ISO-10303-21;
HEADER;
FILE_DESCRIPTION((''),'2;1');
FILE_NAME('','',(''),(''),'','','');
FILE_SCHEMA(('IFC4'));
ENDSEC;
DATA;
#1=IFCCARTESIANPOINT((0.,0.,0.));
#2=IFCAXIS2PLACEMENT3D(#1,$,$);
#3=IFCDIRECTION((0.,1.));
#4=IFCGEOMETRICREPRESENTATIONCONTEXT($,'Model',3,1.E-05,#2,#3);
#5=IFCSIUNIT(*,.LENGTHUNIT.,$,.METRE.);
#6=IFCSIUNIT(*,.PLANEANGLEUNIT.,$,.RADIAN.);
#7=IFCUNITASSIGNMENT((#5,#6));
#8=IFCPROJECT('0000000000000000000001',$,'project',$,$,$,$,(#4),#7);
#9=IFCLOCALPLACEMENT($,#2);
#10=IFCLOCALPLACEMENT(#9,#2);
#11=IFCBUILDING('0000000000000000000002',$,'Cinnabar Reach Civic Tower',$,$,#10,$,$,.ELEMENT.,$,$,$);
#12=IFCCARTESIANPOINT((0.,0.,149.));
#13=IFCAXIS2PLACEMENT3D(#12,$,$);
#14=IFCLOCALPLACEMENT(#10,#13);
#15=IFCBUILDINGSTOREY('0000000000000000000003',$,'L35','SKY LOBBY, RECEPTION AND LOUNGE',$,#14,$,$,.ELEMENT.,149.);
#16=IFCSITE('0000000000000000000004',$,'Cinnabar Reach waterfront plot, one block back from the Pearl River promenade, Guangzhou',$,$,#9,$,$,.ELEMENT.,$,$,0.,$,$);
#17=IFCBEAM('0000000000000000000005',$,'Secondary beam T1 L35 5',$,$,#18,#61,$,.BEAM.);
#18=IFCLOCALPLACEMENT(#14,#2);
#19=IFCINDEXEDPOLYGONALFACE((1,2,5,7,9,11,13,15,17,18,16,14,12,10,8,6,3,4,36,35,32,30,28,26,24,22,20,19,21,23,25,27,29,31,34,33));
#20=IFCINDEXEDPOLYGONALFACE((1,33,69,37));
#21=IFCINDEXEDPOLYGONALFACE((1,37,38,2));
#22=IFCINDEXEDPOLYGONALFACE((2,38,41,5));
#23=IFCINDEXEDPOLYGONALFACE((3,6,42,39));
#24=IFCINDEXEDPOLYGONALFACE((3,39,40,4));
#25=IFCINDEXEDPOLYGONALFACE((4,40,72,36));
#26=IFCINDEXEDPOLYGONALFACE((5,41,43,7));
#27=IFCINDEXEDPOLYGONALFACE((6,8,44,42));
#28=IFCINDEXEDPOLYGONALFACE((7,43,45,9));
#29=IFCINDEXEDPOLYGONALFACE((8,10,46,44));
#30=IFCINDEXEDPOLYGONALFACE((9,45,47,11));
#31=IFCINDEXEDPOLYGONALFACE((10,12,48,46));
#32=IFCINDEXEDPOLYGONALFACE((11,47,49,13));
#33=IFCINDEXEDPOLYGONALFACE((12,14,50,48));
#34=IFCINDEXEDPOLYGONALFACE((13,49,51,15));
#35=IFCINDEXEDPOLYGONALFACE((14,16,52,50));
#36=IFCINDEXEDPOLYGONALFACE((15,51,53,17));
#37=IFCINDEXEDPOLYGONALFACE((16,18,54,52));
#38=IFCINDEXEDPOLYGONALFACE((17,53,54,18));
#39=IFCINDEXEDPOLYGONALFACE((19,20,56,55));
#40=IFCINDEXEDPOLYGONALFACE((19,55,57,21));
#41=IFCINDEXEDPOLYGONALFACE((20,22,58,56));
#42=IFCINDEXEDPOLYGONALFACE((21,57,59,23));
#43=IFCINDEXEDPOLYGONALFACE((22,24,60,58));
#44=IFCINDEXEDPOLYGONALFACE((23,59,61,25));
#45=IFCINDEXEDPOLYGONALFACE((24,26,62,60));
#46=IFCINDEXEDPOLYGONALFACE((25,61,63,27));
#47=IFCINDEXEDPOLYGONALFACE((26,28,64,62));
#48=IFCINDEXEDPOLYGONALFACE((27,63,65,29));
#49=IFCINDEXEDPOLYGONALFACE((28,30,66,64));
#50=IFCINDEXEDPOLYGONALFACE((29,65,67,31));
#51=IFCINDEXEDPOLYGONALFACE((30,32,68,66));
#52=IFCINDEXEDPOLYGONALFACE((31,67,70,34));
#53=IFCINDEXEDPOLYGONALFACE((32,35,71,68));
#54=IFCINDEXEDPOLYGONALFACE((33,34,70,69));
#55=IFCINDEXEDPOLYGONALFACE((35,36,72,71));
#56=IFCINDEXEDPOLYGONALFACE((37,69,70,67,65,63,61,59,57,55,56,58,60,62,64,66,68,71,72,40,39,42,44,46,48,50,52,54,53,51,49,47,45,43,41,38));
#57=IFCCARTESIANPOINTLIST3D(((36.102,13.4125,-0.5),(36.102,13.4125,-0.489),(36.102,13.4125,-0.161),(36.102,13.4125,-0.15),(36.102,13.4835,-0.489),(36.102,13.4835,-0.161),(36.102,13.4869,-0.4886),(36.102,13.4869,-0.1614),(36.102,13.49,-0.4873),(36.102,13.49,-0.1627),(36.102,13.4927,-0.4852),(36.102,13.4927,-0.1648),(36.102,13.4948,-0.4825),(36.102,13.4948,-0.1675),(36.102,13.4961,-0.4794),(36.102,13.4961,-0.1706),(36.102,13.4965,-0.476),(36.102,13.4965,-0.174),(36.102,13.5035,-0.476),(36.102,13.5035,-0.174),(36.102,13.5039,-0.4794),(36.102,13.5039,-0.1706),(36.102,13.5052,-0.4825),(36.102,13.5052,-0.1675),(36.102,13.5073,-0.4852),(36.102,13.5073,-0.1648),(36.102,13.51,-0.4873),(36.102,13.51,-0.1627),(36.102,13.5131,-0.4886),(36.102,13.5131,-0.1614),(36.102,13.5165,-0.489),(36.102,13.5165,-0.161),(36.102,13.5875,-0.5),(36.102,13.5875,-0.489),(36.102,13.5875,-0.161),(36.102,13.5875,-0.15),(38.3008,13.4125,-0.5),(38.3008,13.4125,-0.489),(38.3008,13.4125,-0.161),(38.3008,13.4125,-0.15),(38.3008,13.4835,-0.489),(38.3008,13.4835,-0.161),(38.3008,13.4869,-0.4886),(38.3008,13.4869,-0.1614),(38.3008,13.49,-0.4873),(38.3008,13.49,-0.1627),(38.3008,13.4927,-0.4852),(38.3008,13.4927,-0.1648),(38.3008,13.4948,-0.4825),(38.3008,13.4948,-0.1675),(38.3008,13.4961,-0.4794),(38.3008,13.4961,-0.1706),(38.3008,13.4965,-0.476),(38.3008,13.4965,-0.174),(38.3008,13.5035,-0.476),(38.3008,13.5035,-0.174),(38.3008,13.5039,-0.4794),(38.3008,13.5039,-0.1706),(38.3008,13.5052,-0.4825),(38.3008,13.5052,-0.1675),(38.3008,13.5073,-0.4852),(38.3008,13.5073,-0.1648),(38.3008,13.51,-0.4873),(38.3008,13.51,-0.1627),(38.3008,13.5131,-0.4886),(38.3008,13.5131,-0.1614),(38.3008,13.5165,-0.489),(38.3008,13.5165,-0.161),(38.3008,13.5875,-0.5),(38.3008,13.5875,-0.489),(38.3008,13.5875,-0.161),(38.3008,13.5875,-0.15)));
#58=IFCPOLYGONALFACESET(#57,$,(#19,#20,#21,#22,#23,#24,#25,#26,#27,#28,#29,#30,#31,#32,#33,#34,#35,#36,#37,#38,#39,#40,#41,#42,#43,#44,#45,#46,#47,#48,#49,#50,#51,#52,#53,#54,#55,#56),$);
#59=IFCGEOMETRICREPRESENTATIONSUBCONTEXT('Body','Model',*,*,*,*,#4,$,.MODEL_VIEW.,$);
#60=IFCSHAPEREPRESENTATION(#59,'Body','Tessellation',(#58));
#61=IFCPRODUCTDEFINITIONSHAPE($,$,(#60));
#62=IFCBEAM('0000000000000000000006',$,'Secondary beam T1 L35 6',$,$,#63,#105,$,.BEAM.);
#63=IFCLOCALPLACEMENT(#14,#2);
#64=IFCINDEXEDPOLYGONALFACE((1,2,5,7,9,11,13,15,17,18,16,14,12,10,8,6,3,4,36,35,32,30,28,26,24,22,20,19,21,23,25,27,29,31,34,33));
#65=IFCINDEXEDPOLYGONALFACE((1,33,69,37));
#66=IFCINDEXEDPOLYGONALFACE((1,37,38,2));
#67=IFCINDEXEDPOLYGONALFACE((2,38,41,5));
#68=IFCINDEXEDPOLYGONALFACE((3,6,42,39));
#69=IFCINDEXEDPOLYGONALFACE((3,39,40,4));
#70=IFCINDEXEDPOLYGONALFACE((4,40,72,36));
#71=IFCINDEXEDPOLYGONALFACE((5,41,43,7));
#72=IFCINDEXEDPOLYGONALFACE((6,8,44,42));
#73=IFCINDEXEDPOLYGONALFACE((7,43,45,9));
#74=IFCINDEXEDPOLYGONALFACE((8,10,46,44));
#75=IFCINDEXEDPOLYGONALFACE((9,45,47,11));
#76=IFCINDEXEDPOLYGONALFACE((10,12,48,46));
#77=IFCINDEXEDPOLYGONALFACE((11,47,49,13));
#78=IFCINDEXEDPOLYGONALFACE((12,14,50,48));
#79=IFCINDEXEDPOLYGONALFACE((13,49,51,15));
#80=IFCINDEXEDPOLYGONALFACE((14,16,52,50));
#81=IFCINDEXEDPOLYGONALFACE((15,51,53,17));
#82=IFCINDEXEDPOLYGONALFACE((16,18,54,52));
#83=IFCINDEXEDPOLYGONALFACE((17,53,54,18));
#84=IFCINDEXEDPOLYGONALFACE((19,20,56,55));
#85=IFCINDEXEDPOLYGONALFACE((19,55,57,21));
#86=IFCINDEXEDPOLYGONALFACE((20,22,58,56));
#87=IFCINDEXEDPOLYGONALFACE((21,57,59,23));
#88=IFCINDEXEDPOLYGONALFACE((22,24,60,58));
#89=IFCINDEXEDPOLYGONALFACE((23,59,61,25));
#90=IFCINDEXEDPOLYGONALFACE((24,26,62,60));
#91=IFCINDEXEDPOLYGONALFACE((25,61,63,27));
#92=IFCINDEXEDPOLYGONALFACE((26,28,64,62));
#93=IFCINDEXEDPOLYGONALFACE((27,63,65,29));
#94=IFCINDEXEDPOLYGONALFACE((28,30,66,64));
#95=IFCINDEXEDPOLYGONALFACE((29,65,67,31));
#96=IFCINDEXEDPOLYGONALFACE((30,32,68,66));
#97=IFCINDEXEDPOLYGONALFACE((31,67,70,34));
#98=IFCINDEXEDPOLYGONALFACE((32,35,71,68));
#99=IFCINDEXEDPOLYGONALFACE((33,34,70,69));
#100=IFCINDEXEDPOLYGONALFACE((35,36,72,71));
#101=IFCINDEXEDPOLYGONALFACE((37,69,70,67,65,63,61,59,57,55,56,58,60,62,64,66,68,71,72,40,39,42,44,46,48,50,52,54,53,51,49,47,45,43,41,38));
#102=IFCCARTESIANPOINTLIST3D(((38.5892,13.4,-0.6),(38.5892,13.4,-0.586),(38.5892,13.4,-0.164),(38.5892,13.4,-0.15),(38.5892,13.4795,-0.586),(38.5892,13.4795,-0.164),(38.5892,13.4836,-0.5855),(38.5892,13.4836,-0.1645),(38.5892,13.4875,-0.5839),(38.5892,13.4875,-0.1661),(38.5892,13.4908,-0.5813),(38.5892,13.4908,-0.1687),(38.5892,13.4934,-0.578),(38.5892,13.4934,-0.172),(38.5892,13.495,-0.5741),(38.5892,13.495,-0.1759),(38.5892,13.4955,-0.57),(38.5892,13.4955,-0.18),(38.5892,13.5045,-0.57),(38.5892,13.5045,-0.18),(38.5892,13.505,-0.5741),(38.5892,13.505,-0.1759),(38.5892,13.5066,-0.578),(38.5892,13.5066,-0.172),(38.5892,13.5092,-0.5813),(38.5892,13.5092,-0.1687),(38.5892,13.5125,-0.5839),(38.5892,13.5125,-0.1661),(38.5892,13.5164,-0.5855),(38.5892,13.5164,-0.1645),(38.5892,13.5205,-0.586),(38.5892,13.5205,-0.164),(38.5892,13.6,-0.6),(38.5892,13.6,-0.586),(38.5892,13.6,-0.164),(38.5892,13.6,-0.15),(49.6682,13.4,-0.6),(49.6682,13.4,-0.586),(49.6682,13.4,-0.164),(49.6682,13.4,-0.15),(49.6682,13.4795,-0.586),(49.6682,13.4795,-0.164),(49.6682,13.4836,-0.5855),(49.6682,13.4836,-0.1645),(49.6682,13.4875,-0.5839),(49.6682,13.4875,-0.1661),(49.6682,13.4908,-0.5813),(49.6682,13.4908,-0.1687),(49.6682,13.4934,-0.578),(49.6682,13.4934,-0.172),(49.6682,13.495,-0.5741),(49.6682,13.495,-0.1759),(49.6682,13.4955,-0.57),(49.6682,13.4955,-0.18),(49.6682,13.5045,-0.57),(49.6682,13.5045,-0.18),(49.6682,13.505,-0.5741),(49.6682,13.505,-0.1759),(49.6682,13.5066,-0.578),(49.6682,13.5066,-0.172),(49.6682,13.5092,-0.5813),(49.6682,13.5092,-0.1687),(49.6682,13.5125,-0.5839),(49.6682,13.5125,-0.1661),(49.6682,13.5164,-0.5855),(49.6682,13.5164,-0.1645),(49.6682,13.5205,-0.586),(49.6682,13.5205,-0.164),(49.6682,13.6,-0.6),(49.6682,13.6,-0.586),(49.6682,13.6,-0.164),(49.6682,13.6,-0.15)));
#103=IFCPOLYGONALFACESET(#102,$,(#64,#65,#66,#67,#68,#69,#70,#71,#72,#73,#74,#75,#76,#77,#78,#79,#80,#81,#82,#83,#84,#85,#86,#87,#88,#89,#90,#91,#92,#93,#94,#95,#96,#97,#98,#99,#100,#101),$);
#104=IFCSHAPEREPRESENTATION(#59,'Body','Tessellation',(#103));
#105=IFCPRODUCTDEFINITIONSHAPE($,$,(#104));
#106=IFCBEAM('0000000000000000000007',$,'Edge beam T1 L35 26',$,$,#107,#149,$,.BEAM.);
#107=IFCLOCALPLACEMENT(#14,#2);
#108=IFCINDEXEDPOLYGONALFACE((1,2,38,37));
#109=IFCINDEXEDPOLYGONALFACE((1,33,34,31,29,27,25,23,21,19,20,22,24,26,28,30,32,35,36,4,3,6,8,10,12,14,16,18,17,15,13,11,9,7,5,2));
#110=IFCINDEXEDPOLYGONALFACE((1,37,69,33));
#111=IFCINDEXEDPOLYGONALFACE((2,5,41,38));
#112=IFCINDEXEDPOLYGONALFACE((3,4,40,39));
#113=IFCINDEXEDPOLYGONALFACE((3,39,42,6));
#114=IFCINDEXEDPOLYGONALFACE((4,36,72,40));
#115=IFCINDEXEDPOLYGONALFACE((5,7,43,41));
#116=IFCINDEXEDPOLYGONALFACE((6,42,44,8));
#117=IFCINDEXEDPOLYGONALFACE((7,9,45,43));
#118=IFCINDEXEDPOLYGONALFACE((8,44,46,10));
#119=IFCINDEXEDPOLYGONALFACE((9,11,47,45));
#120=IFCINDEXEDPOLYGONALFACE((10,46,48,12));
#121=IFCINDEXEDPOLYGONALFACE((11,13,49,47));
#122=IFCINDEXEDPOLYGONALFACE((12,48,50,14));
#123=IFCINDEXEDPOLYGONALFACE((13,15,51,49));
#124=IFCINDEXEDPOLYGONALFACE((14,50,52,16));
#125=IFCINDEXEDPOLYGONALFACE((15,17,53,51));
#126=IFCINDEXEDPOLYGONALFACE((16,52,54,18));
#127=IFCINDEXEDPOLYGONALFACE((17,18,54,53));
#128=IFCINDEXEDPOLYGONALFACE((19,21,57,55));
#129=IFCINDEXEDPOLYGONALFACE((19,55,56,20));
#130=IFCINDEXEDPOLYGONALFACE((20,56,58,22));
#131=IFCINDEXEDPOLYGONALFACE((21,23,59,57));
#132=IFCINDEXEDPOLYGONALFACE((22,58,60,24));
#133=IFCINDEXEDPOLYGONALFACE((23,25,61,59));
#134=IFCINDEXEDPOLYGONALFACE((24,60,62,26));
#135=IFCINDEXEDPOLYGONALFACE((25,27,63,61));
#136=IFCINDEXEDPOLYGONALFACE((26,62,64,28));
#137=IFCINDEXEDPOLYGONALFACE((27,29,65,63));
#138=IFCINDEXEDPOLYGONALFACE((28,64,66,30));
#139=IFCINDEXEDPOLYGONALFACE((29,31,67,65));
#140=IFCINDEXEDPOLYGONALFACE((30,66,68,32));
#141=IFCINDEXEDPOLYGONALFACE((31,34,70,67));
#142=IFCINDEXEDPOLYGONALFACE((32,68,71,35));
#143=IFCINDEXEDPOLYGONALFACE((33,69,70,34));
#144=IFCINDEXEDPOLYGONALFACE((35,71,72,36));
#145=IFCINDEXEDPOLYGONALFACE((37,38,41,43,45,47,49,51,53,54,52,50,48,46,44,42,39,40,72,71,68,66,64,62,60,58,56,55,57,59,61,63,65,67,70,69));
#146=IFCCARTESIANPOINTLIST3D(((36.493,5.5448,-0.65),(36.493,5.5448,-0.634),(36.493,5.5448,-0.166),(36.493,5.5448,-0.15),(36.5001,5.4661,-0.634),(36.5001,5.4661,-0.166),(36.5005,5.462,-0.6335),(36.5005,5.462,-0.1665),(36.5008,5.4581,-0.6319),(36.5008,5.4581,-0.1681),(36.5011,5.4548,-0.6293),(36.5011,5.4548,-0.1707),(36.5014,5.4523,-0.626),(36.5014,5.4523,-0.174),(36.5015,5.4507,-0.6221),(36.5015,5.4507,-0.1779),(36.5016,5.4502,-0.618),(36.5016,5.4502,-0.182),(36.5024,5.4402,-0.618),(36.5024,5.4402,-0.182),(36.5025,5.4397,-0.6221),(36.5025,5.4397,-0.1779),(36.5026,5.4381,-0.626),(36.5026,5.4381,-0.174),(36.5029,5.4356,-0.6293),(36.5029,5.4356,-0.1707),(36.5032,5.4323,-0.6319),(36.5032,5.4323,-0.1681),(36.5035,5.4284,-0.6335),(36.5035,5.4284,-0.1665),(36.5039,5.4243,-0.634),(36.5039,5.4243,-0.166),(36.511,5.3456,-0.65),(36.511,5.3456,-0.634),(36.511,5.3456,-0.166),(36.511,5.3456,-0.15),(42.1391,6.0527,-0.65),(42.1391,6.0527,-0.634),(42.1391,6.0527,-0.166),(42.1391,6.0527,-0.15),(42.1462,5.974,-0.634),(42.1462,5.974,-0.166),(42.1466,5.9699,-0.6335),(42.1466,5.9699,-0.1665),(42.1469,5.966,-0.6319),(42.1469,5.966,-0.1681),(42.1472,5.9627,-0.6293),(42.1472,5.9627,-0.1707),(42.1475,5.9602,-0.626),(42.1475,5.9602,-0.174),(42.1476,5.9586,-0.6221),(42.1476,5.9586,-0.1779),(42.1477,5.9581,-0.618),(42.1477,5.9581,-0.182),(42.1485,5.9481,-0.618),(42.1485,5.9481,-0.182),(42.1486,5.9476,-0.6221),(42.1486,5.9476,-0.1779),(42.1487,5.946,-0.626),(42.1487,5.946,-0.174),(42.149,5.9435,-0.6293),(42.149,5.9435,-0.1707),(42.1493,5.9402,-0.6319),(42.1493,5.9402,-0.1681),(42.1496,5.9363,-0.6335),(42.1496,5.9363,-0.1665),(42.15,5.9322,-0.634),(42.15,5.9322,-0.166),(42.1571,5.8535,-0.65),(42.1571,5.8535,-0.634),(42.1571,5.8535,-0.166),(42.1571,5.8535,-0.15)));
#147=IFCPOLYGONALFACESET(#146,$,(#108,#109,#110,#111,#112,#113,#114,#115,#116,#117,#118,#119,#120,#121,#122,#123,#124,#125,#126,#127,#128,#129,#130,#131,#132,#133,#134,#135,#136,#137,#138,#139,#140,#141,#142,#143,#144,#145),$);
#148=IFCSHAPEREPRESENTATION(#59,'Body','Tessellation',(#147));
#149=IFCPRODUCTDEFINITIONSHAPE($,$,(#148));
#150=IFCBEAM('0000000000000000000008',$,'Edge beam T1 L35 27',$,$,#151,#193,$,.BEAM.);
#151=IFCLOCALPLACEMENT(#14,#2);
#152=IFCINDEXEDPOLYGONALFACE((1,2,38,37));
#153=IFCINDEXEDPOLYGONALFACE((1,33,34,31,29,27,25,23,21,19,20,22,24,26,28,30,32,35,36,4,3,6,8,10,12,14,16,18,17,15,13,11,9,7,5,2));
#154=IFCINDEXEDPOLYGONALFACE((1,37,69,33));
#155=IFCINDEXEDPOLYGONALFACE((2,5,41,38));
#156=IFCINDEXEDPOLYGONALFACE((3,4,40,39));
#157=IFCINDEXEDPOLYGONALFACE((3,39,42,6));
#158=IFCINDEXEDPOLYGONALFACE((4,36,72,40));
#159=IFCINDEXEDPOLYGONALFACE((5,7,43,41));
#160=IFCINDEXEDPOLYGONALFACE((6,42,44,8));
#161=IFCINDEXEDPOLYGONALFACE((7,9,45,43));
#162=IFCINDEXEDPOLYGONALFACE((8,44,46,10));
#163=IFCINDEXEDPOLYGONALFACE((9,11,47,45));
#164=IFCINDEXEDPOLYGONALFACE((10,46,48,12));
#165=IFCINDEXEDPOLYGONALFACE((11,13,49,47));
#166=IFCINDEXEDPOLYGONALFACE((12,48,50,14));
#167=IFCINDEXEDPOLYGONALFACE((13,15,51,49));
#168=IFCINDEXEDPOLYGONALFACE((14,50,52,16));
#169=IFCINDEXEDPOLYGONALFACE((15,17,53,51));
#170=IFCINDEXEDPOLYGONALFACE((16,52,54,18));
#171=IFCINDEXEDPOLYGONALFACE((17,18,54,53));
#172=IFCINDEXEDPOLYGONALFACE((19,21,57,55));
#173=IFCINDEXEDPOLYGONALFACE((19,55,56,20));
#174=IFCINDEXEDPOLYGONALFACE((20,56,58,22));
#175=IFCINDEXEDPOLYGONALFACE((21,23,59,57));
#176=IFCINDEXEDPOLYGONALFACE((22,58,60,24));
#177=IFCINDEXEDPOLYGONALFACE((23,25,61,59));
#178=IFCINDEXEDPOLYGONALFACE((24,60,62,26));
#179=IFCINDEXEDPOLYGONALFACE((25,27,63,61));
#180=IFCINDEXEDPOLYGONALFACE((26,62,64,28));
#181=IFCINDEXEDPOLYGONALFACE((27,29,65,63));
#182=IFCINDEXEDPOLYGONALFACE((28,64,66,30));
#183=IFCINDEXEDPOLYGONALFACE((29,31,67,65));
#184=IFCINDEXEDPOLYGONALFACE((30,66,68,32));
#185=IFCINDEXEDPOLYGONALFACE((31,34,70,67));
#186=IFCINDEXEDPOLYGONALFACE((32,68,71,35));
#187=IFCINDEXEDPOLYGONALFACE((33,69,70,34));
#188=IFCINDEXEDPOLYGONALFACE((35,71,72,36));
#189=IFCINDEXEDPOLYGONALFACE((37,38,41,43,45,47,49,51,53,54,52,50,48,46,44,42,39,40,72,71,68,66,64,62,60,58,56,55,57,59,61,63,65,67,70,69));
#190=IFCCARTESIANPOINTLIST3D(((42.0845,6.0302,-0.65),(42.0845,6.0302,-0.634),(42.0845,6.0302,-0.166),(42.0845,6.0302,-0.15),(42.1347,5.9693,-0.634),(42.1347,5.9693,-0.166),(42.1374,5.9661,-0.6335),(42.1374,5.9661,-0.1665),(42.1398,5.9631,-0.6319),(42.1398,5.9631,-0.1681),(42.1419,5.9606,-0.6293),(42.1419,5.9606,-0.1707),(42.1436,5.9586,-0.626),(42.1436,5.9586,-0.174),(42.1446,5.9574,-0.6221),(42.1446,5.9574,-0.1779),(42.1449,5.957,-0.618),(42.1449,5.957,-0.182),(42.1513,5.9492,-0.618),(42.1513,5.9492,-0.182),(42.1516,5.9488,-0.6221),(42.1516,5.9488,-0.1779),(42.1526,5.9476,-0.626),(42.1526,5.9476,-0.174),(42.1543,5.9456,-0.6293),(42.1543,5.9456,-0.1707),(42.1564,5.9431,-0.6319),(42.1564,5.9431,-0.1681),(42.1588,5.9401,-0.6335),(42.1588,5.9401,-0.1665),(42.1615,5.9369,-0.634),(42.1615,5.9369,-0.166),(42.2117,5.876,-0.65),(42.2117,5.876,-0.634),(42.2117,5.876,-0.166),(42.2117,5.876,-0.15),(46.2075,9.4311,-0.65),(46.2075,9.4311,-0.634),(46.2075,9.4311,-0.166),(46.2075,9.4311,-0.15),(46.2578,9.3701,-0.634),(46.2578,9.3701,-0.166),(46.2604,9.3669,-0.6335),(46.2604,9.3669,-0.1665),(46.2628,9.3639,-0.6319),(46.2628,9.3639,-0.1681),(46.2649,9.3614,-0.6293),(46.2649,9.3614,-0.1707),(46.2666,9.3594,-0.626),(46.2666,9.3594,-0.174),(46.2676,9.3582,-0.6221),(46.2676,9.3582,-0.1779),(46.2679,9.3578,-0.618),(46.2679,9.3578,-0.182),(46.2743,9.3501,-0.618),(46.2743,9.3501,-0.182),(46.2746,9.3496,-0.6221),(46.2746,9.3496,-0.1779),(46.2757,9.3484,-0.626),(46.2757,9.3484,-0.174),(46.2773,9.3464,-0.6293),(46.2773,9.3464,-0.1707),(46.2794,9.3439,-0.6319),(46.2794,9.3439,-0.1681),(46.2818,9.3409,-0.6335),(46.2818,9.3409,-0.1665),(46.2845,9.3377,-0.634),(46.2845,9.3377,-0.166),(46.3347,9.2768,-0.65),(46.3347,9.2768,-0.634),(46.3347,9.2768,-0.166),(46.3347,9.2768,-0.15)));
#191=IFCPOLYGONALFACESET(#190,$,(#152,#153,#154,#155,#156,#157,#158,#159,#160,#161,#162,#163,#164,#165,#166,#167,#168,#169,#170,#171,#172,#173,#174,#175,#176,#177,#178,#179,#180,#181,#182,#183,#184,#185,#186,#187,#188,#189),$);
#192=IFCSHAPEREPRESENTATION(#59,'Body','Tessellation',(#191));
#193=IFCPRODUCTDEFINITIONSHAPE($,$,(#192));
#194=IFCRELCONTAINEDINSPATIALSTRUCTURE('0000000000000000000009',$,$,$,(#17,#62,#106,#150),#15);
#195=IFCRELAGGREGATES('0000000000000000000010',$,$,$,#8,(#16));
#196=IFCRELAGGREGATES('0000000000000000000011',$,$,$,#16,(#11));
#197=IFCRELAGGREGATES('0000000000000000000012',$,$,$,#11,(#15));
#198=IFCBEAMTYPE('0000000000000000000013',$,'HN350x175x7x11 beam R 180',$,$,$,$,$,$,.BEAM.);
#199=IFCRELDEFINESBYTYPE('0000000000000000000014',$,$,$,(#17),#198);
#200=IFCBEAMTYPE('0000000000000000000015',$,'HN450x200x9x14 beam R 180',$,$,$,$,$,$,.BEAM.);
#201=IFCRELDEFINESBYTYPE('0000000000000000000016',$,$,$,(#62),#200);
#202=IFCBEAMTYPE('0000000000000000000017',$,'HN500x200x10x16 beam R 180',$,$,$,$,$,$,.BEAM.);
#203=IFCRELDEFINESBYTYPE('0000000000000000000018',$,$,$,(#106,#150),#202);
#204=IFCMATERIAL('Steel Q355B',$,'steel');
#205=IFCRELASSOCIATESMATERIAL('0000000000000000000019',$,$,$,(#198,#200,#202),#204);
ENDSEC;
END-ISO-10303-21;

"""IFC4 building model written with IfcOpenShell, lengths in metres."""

from ifc_helpers import new_model, si_unit, direction, frame, origin, origin_2d, place, context, subcontext, project, spatial, i_section, extrude, material, material_profile, profile_set, type_object, element, save


model = new_model("IFC4")

# Units and contexts
model_context = context("Model", 3, precision=1e-05, world=origin(), true_north=direction((0.0, 1.0)))
body_context = subcontext(model_context, "Body", "Model", "MODEL_VIEW")
ifc_project = project(units=[si_unit("LENGTHUNIT", "METRE"), si_unit("PLANEANGLEUNIT", "RADIAN")], contexts=[model_context])

# Site, building, storey
site_placement = place(None, origin())
site = spatial("IfcSite", under=ifc_project, at=site_placement, Name="Cinnabar Reach waterfront plot, one block back from the Pearl River promenade, Guangzhou", CompositionType="ELEMENT", RefElevation=0.0)
building_placement = place(site_placement, origin())
building = spatial("IfcBuilding", under=site, at=building_placement, Name="Cinnabar Reach Civic Tower", CompositionType="ELEMENT")
storey_placement = place(building_placement, frame((0.0, 0.0, 149.0)))
storey = spatial("IfcBuildingStorey", under=building, at=storey_placement, Name="L35", Description="SKY LOBBY, RECEPTION AND LOUNGE", CompositionType="ELEMENT", Elevation=149.0)

# Beams
ifc_material_1 = material(Name="Steel Q355B", Category="steel")
ifc_material_profile_1 = material_profile(ifc_material_1, i_section(OverallWidth=0.175, OverallDepth=0.35, WebThickness=0.007, FlangeThickness=0.011, FilletRadius=0.013, at=origin_2d()), Name="HN350x175x7x11")
ifc_profile_set_1 = profile_set([ifc_material_profile_1], Name="Steel Q355B")
beam_type_1 = type_object("IfcBeamType", Name="HN350x175x7x11 beam R 180", PredefinedType="BEAM", material=ifc_profile_set_1)
beam_1_placement = place(storey_placement, frame((36.102, 13.5, -0.325), z_axis=(1.0, 0.0, 0.0), x_axis=(0.0, 1.0, 0.0)))
element("IfcBeam", 1, at=beam_1_placement, inside=storey, type_object=beam_type_1, Name="Secondary beam T1 L35 5", PredefinedType="BEAM", context=body_context, shape_type="SweptSolid", body=[
    extrude(i_section(OverallWidth=0.175, OverallDepth=0.35, WebThickness=0.007, FlangeThickness=0.011, FilletRadius=0.013, at=origin_2d()), origin(), (0.0, 0.0, 1.0), 2.1988),
])
ifc_material_profile_2 = material_profile(ifc_material_1, i_section(OverallWidth=0.2, OverallDepth=0.45, WebThickness=0.009, FlangeThickness=0.014, FilletRadius=0.016, at=origin_2d()), Name="HN450x200x9x14")
ifc_profile_set_2 = profile_set([ifc_material_profile_2], Name="Steel Q355B")
beam_type_2 = type_object("IfcBeamType", Name="HN450x200x9x14 beam R 180", PredefinedType="BEAM", material=ifc_profile_set_2)
beam_2_placement = place(storey_placement, frame((38.5892, 13.5, -0.375), z_axis=(1.0, 0.0, 0.0), x_axis=(0.0, 1.0, 0.0)))
element("IfcBeam", 2, at=beam_2_placement, inside=storey, type_object=beam_type_2, Name="Secondary beam T1 L35 6", PredefinedType="BEAM", context=body_context, shape_type="SweptSolid", body=[
    extrude(i_section(OverallWidth=0.2, OverallDepth=0.45, WebThickness=0.009, FlangeThickness=0.014, FilletRadius=0.016, at=origin_2d()), origin(), (0.0, 0.0, 1.0), 11.079),
])
ifc_material_profile_3 = material_profile(ifc_material_1, i_section(OverallWidth=0.2, OverallDepth=0.5, WebThickness=0.01, FlangeThickness=0.016, FilletRadius=0.016, at=origin_2d()), Name="HN500x200x10x16")
ifc_profile_set_3 = profile_set([ifc_material_profile_3], Name="Steel Q355B")
beam_type_3 = type_object("IfcBeamType", Name="HN500x200x10x16 beam R 180", PredefinedType="BEAM", material=ifc_profile_set_3)
beam_3_placement = place(storey_placement, frame((36.502, 5.4452, -0.4), z_axis=(0.995978, 0.089594, 0.0), x_axis=(-0.089594, 0.995978, 0.0)))
element("IfcBeam", 3, at=beam_3_placement, inside=storey, type_object=beam_type_3, Name="Edge beam T1 L35 26", PredefinedType="BEAM", context=body_context, shape_type="SweptSolid", body=[
    extrude(i_section(OverallWidth=0.2, OverallDepth=0.5, WebThickness=0.01, FlangeThickness=0.016, FilletRadius=0.016, at=origin_2d()), origin(), (0.0, 0.0, 1.0), 5.6689),
])
for number, where, z_axis, x_axis, name in (
    (4, (42.1481, 5.9531, -0.4), (0.771435, 0.636308, 0.0), (-0.636308, 0.771435, 0.0), "Edge beam T1 L35 27"),
):
    element("IfcBeam", number, at=place(storey_placement, frame(where, z_axis=z_axis, x_axis=x_axis)), inside=storey, type_object=beam_type_3, Name=name, PredefinedType="BEAM", context=body_context, shape_type="SweptSolid", body=[
        extrude(i_section(OverallWidth=0.2, OverallDepth=0.5, WebThickness=0.01, FlangeThickness=0.016, FilletRadius=0.016, at=origin_2d()), origin(), (0.0, 0.0, 1.0), 5.3446),
    ])

save(model, "model.ifc")
